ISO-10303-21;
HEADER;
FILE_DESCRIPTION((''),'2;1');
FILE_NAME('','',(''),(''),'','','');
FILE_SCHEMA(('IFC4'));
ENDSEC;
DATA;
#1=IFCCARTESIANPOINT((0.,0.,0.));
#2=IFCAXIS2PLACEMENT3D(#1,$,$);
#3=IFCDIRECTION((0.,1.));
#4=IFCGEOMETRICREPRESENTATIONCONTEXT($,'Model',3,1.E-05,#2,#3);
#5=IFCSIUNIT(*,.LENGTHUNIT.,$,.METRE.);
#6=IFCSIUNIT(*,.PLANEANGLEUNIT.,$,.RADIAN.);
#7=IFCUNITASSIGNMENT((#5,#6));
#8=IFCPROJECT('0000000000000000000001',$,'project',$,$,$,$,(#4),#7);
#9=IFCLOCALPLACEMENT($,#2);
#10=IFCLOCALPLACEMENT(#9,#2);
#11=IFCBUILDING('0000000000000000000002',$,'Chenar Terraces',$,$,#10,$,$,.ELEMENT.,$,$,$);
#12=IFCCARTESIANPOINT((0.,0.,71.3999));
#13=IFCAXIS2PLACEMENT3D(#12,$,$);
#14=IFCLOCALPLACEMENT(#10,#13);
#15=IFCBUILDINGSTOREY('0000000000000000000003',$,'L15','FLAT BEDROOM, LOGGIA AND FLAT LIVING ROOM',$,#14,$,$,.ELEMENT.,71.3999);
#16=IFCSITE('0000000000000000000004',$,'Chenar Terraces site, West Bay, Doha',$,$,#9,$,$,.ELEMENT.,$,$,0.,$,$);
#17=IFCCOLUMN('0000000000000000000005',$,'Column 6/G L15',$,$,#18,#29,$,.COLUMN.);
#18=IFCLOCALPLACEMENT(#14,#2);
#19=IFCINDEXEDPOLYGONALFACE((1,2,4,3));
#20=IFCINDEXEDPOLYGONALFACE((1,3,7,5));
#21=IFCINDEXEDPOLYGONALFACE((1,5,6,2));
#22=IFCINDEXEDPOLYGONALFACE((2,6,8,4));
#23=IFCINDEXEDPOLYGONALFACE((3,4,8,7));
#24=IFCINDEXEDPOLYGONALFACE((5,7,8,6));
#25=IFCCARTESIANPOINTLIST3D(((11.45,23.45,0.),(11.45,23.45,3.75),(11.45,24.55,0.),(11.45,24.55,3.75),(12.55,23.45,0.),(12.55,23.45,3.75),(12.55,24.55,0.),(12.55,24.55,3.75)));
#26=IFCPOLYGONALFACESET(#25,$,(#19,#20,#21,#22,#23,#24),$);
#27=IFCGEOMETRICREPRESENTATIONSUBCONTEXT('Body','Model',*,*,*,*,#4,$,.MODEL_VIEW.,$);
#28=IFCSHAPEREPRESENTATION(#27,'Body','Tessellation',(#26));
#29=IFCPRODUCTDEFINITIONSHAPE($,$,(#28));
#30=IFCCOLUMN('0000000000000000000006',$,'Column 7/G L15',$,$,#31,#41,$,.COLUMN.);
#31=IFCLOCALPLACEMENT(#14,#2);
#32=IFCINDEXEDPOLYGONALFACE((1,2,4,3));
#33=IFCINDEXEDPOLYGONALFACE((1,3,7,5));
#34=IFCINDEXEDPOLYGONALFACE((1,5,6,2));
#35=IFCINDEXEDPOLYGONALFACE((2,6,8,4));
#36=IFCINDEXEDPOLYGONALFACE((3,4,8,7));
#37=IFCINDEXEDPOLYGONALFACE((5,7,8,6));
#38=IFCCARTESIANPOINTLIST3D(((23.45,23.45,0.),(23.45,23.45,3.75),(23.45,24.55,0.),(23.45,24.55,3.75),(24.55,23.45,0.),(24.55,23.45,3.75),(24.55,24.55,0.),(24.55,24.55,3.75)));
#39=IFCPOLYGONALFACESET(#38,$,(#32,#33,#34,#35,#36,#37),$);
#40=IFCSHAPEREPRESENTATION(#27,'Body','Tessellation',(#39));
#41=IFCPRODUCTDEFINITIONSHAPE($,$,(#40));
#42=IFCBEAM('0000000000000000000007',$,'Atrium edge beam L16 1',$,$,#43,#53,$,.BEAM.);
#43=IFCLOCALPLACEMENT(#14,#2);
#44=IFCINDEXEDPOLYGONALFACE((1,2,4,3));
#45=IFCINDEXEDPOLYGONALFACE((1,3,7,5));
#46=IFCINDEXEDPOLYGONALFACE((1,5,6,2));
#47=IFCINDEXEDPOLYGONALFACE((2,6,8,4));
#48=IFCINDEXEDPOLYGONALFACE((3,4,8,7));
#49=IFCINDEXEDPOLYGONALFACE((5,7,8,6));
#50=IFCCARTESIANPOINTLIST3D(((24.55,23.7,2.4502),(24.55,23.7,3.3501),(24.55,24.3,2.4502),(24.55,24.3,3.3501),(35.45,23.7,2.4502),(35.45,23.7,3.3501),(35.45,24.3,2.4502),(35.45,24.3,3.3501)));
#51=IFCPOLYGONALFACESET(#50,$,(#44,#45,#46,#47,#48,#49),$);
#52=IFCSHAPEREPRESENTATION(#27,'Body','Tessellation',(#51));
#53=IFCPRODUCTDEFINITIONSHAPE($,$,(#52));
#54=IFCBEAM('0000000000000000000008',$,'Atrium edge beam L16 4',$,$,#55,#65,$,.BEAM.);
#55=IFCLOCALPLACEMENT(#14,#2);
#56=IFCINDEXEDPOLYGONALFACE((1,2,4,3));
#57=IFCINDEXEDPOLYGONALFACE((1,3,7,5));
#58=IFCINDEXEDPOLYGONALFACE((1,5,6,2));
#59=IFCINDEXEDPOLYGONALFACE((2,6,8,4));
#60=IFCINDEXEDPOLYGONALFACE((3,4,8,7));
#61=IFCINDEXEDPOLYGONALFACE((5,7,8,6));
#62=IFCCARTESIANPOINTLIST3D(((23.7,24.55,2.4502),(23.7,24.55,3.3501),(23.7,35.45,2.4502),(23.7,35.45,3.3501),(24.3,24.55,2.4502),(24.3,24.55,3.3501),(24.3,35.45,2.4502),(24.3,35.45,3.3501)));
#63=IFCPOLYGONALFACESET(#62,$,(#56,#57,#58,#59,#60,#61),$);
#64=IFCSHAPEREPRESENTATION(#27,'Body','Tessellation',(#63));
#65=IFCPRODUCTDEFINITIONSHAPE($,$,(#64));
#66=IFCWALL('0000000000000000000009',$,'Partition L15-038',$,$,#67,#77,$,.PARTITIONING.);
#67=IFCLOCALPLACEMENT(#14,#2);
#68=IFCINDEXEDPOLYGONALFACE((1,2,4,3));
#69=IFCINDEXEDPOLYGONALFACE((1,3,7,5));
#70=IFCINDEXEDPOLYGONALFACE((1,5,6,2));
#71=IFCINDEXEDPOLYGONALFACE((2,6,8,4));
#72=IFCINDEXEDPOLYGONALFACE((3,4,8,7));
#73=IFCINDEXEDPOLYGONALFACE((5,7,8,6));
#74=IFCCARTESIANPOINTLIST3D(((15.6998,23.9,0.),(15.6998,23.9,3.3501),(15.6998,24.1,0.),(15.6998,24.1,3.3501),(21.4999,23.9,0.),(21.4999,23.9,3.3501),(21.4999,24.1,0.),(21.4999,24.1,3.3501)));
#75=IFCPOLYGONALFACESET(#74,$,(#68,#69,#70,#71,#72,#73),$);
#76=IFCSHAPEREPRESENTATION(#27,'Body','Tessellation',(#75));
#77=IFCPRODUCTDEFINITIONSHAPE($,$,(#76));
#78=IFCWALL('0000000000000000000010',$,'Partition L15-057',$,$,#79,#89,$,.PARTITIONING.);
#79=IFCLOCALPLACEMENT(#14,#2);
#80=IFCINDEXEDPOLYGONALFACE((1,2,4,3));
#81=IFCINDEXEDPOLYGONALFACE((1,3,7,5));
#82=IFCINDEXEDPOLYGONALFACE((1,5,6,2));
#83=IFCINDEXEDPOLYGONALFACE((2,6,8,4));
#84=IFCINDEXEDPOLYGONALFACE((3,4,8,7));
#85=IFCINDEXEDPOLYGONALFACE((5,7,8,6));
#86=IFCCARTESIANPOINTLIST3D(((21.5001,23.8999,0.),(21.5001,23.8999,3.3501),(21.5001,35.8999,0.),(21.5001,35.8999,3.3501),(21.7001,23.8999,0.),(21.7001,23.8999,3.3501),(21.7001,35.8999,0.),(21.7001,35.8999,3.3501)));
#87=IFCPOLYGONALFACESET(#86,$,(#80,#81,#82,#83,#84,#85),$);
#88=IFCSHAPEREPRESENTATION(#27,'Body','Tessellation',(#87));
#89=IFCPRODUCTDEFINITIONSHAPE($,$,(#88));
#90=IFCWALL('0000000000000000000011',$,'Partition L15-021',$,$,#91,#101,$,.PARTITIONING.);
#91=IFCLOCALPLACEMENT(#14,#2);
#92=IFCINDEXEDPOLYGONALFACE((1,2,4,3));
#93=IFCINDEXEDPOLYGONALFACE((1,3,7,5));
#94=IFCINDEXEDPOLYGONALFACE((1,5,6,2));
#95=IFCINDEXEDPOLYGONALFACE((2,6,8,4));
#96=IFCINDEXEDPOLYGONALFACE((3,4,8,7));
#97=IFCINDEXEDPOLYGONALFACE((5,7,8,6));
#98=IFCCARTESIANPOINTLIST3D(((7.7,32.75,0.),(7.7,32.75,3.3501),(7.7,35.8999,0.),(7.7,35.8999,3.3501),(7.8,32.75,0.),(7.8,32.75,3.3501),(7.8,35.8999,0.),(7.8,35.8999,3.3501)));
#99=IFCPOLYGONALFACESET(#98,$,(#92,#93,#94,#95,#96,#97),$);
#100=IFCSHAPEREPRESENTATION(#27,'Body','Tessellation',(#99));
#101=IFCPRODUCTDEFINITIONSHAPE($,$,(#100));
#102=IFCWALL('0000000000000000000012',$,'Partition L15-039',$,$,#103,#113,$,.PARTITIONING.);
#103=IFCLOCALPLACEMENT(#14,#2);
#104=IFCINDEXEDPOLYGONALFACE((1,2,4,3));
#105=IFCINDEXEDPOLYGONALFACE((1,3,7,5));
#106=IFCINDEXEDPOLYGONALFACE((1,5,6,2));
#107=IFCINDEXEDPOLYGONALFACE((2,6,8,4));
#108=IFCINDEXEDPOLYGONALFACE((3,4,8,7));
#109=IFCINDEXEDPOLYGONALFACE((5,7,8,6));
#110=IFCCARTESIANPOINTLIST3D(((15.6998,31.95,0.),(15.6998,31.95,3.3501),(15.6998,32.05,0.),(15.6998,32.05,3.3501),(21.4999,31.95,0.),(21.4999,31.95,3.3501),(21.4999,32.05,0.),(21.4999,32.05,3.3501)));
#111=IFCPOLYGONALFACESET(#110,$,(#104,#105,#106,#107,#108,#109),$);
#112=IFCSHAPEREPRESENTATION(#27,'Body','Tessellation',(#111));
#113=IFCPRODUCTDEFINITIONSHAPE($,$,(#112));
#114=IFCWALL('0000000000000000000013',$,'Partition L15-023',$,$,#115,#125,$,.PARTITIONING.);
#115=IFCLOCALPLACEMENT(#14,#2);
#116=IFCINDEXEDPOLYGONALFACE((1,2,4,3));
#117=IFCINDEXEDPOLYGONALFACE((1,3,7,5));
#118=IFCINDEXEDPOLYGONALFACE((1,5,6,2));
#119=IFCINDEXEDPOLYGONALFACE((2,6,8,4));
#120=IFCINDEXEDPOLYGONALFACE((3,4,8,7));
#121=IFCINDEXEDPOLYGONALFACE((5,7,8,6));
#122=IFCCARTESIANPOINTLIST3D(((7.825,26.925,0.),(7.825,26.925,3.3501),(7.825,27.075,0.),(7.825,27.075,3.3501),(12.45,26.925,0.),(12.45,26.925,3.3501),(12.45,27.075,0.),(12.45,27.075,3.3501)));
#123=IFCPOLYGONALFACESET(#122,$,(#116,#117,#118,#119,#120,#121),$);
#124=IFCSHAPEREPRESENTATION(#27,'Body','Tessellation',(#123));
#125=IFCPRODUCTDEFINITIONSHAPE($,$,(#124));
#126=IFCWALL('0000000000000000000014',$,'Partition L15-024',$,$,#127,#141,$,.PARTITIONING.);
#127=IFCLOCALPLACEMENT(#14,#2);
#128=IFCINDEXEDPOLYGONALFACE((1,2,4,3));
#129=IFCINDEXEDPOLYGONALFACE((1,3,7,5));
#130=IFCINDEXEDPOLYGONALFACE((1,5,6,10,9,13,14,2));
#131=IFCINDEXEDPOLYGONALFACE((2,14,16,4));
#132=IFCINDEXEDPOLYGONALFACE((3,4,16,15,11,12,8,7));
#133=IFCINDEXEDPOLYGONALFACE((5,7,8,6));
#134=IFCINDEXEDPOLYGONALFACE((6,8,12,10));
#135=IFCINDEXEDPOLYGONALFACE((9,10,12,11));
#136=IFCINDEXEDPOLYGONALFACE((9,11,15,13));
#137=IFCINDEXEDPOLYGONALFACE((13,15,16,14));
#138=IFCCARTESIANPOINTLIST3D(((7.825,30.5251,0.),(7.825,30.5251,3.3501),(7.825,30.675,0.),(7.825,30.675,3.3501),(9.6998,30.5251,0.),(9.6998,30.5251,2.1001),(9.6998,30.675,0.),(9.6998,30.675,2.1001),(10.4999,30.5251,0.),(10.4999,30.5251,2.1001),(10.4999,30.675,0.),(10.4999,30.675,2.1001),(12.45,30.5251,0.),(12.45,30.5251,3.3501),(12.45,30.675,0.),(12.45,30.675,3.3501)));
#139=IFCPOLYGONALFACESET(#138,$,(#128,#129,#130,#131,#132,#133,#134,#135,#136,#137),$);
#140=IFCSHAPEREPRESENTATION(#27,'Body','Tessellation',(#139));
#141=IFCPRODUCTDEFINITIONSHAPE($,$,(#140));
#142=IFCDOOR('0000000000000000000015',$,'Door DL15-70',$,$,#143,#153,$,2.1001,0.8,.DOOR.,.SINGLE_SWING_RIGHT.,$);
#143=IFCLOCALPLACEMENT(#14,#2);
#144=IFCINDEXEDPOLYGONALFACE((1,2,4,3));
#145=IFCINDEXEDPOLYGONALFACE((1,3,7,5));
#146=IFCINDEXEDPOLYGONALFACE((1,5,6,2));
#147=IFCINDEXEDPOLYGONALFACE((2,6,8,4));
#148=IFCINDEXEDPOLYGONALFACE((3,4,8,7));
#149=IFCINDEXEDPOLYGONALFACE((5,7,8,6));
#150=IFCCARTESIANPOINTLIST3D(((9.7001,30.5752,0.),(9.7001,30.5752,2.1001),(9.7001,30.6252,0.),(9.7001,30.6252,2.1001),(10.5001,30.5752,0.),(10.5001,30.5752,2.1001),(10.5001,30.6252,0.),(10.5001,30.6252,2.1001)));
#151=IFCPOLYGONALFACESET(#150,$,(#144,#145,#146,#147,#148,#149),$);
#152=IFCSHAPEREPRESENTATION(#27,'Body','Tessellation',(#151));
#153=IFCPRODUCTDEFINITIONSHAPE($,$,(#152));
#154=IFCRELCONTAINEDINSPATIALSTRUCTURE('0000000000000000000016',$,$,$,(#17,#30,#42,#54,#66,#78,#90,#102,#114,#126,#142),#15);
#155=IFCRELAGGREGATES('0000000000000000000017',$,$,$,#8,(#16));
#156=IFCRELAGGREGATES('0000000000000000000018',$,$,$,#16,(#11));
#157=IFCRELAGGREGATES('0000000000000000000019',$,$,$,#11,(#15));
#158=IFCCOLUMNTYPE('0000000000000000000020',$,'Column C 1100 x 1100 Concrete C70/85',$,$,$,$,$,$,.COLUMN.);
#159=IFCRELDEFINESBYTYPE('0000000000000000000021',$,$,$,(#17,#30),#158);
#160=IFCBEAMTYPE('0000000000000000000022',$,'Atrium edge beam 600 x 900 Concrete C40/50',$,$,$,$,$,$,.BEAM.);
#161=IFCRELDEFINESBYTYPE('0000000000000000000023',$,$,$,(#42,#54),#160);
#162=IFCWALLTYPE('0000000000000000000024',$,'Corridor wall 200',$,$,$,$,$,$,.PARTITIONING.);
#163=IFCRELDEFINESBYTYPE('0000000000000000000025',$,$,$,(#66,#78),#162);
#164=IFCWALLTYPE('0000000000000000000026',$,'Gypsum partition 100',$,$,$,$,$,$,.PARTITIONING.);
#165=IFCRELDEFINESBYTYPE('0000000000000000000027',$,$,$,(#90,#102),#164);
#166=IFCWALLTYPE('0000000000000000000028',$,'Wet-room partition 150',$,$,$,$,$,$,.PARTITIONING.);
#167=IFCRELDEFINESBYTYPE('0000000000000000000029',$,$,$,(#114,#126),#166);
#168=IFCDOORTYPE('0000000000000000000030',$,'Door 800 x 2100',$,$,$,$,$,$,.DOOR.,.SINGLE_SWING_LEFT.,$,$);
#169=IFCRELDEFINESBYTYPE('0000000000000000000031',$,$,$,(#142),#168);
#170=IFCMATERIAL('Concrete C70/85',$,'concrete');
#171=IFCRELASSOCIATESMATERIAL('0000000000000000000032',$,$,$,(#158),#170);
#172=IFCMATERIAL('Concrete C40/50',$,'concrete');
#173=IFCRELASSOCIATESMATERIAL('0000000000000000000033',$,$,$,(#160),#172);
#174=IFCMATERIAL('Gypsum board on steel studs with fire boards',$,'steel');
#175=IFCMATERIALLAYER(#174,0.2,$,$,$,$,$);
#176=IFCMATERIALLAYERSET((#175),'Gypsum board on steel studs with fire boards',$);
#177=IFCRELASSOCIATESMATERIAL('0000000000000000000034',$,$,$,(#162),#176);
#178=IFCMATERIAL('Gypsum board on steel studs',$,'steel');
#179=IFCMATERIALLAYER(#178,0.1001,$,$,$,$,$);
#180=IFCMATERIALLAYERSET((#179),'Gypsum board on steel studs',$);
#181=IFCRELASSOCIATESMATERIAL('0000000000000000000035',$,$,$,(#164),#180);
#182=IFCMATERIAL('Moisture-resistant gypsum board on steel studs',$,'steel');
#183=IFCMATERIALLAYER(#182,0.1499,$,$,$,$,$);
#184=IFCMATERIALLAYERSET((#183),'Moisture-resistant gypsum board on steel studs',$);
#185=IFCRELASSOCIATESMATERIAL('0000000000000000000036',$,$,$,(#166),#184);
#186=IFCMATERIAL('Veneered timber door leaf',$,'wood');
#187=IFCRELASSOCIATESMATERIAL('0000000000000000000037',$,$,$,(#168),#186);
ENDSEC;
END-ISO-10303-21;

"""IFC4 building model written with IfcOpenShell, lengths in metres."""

from ifc_helpers import new_model, si_unit, direction, frame, frame_2d, origin, origin_2d, place, context, subcontext, project, spatial, rectangle, extrude, material, layer, layer_set, material_profile, profile_set, type_object, element, fill, save


model = new_model("IFC4")

# Units and contexts
model_context = context("Model", 3, precision=1e-05, world=origin(), true_north=direction((0.0, 1.0)))
body_context = subcontext(model_context, "Body", "Model", "MODEL_VIEW")
ifc_project = project(units=[si_unit("LENGTHUNIT", "METRE"), si_unit("PLANEANGLEUNIT", "RADIAN")], contexts=[model_context])

# Site, building, storey
site_placement = place(None, origin())
site = spatial("IfcSite", under=ifc_project, at=site_placement, Name="Chenar Terraces site, West Bay, Doha", CompositionType="ELEMENT", RefElevation=0.0)
building_placement = place(site_placement, origin())
building = spatial("IfcBuilding", under=site, at=building_placement, Name="Chenar Terraces", CompositionType="ELEMENT")
storey_placement = place(building_placement, frame((0.0, 0.0, 71.3999)))
storey = spatial("IfcBuildingStorey", under=building, at=storey_placement, Name="L15", Description="FLAT BEDROOM, LOGGIA AND FLAT LIVING ROOM", CompositionType="ELEMENT", Elevation=71.3999)

# Columns
ifc_material_1 = material(Name="Concrete C70/85", Category="concrete")
ifc_material_profile_1 = material_profile(ifc_material_1, rectangle(XDim=1.1001, YDim=1.1001, at=origin_2d()), Name="C 1100 x 1100")
ifc_profile_set_1 = profile_set([ifc_material_profile_1], Name="Concrete C70/85")
column_type = type_object("IfcColumnType", Name="Column C 1100 x 1100 Concrete C70/85", PredefinedType="COLUMN", material=ifc_profile_set_1)
for number, where, z_axis, x_axis, name in (
    (1, (12.0, 24.0, 0.0), (0.0, 0.0, 1.0), (1.0, 0.0, 0.0), "Column 6/G L15"),
    (2, (24.0, 24.0, 0.0), (0.0, 0.0, 1.0), (1.0, 0.0, 0.0), "Column 7/G L15"),
):
    element("IfcColumn", number, at=place(storey_placement, frame(where, z_axis=z_axis, x_axis=x_axis)), inside=storey, type_object=column_type, Name=name, PredefinedType="COLUMN", context=body_context, shape_type="SweptSolid", body=[
        extrude(rectangle(XDim=1.1001, YDim=1.1001, at=origin_2d()), origin(), (0.0, 0.0, 1.0), 3.75),
    ])

# Beams
ifc_material_2 = material(Name="Concrete C40/50", Category="concrete")
ifc_material_profile_2 = material_profile(ifc_material_2, rectangle(XDim=0.6001, YDim=0.8999, at=origin_2d()), Name="RC 600 x 900")
ifc_profile_set_2 = profile_set([ifc_material_profile_2], Name="Concrete C40/50")
beam_type = type_object("IfcBeamType", Name="Atrium edge beam 600 x 900 Concrete C40/50", PredefinedType="BEAM", material=ifc_profile_set_2)
for number, where, z_axis, x_axis, name in (
    (3, (24.55, 24.0, 2.9001), (1.0, 0.0, 0.0), (0.0, 1.0, 0.0), "Atrium edge beam L16 1"),
    (4, (24.0, 35.45, 2.9001), (0.0, -1.0, 0.0), (1.0, 0.0, 0.0), "Atrium edge beam L16 4"),
):
    element("IfcBeam", number, at=place(storey_placement, frame(where, z_axis=z_axis, x_axis=x_axis)), inside=storey, type_object=beam_type, Name=name, PredefinedType="BEAM", context=body_context, shape_type="SweptSolid", body=[
        extrude(rectangle(XDim=0.6001, YDim=0.8999, at=origin_2d()), origin(), (0.0, 0.0, 1.0), 10.8999),
    ])

# Walls
ifc_material_3 = material(Name="Gypsum board on steel studs with fire boards", Category="steel")
ifc_layer_1 = layer(ifc_material_3, 0.2)
ifc_layer_set_1 = layer_set([ifc_layer_1], Name="Gypsum board on steel studs with fire boards")
wall_type_1 = type_object("IfcWallType", Name="Corridor wall 200", PredefinedType="PARTITIONING", material=ifc_layer_set_1)
wall_1_placement = place(storey_placement, frame((15.7, 24.0, 0.0), z_axis=(0.0, 0.0, 1.0), x_axis=(1.0, 0.0, 0.0)))
element("IfcWall", 5, at=wall_1_placement, inside=storey, type_object=wall_type_1, Name="Partition L15-038", PredefinedType="PARTITIONING", context=body_context, shape_type="SweptSolid", body=[
    extrude(rectangle(XDim=5.8, YDim=0.2, at=frame_2d((2.8999, 0.0))), origin(), (0.0, 0.0, 1.0), 3.3501),
])
wall_2_placement = place(storey_placement, frame((21.6001, 23.8999, 0.0), z_axis=(0.0, 0.0, 1.0), x_axis=(0.0, 1.0, 0.0)))
element("IfcWall", 6, at=wall_2_placement, inside=storey, type_object=wall_type_1, Name="Partition L15-057", PredefinedType="PARTITIONING", context=body_context, shape_type="SweptSolid", body=[
    extrude(rectangle(XDim=12.0, YDim=0.2, at=frame_2d((6.0, 0.0))), origin(), (0.0, 0.0, 1.0), 3.3501),
])
ifc_material_4 = material(Name="Gypsum board on steel studs", Category="steel")
ifc_layer_2 = layer(ifc_material_4, 0.1001)
ifc_layer_set_2 = layer_set([ifc_layer_2], Name="Gypsum board on steel studs")
wall_type_2 = type_object("IfcWallType", Name="Gypsum partition 100", PredefinedType="PARTITIONING", material=ifc_layer_set_2)
wall_3_placement = place(storey_placement, frame((7.75, 32.75, 0.0), z_axis=(0.0, 0.0, 1.0), x_axis=(0.0, 1.0, 0.0)))
element("IfcWall", 7, at=wall_3_placement, inside=storey, type_object=wall_type_2, Name="Partition L15-021", PredefinedType="PARTITIONING", context=body_context, shape_type="SweptSolid", body=[
    extrude(rectangle(XDim=3.1499, YDim=0.1001, at=frame_2d((1.575, 0.0))), origin(), (0.0, 0.0, 1.0), 3.3501),
])
wall_4_placement = place(storey_placement, frame((15.7, 32.0, 0.0), z_axis=(0.0, 0.0, 1.0), x_axis=(1.0, 0.0, 0.0)))
element("IfcWall", 8, at=wall_4_placement, inside=storey, type_object=wall_type_2, Name="Partition L15-039", PredefinedType="PARTITIONING", context=body_context, shape_type="SweptSolid", body=[
    extrude(rectangle(XDim=5.8, YDim=0.1001, at=frame_2d((2.8999, 0.0))), origin(), (0.0, 0.0, 1.0), 3.3501),
])
ifc_material_5 = material(Name="Moisture-resistant gypsum board on steel studs", Category="steel")
ifc_layer_3 = layer(ifc_material_5, 0.1499)
ifc_layer_set_3 = layer_set([ifc_layer_3], Name="Moisture-resistant gypsum board on steel studs")
wall_type_3 = type_object("IfcWallType", Name="Wet-room partition 150", PredefinedType="PARTITIONING", material=ifc_layer_set_3)
wall_5_placement = place(storey_placement, frame((7.825, 27.0, 0.0), z_axis=(0.0, 0.0, 1.0), x_axis=(1.0, 0.0, 0.0)))
element("IfcWall", 9, at=wall_5_placement, inside=storey, type_object=wall_type_3, Name="Partition L15-023", PredefinedType="PARTITIONING", context=body_context, shape_type="SweptSolid", body=[
    extrude(rectangle(XDim=4.625, YDim=0.1499, at=frame_2d((2.3125, 0.0))), origin(), (0.0, 0.0, 1.0), 3.3501),
])

# Wall, opening, door
wall_6_placement = place(storey_placement, frame((7.825, 30.6001, 0.0), z_axis=(0.0, 0.0, 1.0), x_axis=(1.0, 0.0, 0.0)))
wall_6 = element("IfcWall", 10, at=wall_6_placement, inside=storey, type_object=wall_type_3, Name="Partition L15-024", PredefinedType="PARTITIONING", context=body_context, shape_type="SweptSolid", body=[
    extrude(rectangle(XDim=4.625, YDim=0.1499, at=frame_2d((2.3125, 0.0))), origin(), (0.0, 0.0, 1.0), 3.3501),
])
opening_placement = place(wall_6_placement, frame((1.875, 0.0, 0.0)))
opening = element("IfcOpeningElement", 11, at=opening_placement, cuts=wall_6, PredefinedType="OPENING", context=body_context, shape_type="SweptSolid", body=[
    extrude(rectangle(XDim=0.8, YDim=2.1001, at=frame_2d((0.3999, 1.05))), frame((0.0, 0.085, 0.0), z_axis=(0.0, -1.0, 0.0), x_axis=(1.0, 0.0, 0.0)), (0.0, 0.0, 1.0), 0.1699),
])
ifc_material_6 = material(Name="Veneered timber door leaf", Category="wood")
door_type = type_object("IfcDoorType", Name="Door 800 x 2100", OperationType="SINGLE_SWING_LEFT", PredefinedType="DOOR", material=ifc_material_6)
door_placement = place(opening_placement, frame((0.8, 0.0, 0.0), z_axis=(0.0, 0.0, 1.0), x_axis=(-1.0, 0.0, 0.0)))
door = element("IfcDoor", 12, at=door_placement, inside=storey, type_object=door_type, Name="Door DL15-70", OperationType="SINGLE_SWING_RIGHT", OverallHeight=2.1001, OverallWidth=0.8, PredefinedType="DOOR", context=body_context, shape_type="SweptSolid", body=[
    extrude(rectangle(XDim=0.8, YDim=2.1001, at=frame_2d((0.3999, 1.05))), frame((0.0, 0.0249, 0.0), z_axis=(0.0, -1.0, 0.0), x_axis=(1.0, 0.0, 0.0)), (0.0, 0.0, 1.0), 0.05),
])
fill(opening, door)

save(model, "model.ifc")
